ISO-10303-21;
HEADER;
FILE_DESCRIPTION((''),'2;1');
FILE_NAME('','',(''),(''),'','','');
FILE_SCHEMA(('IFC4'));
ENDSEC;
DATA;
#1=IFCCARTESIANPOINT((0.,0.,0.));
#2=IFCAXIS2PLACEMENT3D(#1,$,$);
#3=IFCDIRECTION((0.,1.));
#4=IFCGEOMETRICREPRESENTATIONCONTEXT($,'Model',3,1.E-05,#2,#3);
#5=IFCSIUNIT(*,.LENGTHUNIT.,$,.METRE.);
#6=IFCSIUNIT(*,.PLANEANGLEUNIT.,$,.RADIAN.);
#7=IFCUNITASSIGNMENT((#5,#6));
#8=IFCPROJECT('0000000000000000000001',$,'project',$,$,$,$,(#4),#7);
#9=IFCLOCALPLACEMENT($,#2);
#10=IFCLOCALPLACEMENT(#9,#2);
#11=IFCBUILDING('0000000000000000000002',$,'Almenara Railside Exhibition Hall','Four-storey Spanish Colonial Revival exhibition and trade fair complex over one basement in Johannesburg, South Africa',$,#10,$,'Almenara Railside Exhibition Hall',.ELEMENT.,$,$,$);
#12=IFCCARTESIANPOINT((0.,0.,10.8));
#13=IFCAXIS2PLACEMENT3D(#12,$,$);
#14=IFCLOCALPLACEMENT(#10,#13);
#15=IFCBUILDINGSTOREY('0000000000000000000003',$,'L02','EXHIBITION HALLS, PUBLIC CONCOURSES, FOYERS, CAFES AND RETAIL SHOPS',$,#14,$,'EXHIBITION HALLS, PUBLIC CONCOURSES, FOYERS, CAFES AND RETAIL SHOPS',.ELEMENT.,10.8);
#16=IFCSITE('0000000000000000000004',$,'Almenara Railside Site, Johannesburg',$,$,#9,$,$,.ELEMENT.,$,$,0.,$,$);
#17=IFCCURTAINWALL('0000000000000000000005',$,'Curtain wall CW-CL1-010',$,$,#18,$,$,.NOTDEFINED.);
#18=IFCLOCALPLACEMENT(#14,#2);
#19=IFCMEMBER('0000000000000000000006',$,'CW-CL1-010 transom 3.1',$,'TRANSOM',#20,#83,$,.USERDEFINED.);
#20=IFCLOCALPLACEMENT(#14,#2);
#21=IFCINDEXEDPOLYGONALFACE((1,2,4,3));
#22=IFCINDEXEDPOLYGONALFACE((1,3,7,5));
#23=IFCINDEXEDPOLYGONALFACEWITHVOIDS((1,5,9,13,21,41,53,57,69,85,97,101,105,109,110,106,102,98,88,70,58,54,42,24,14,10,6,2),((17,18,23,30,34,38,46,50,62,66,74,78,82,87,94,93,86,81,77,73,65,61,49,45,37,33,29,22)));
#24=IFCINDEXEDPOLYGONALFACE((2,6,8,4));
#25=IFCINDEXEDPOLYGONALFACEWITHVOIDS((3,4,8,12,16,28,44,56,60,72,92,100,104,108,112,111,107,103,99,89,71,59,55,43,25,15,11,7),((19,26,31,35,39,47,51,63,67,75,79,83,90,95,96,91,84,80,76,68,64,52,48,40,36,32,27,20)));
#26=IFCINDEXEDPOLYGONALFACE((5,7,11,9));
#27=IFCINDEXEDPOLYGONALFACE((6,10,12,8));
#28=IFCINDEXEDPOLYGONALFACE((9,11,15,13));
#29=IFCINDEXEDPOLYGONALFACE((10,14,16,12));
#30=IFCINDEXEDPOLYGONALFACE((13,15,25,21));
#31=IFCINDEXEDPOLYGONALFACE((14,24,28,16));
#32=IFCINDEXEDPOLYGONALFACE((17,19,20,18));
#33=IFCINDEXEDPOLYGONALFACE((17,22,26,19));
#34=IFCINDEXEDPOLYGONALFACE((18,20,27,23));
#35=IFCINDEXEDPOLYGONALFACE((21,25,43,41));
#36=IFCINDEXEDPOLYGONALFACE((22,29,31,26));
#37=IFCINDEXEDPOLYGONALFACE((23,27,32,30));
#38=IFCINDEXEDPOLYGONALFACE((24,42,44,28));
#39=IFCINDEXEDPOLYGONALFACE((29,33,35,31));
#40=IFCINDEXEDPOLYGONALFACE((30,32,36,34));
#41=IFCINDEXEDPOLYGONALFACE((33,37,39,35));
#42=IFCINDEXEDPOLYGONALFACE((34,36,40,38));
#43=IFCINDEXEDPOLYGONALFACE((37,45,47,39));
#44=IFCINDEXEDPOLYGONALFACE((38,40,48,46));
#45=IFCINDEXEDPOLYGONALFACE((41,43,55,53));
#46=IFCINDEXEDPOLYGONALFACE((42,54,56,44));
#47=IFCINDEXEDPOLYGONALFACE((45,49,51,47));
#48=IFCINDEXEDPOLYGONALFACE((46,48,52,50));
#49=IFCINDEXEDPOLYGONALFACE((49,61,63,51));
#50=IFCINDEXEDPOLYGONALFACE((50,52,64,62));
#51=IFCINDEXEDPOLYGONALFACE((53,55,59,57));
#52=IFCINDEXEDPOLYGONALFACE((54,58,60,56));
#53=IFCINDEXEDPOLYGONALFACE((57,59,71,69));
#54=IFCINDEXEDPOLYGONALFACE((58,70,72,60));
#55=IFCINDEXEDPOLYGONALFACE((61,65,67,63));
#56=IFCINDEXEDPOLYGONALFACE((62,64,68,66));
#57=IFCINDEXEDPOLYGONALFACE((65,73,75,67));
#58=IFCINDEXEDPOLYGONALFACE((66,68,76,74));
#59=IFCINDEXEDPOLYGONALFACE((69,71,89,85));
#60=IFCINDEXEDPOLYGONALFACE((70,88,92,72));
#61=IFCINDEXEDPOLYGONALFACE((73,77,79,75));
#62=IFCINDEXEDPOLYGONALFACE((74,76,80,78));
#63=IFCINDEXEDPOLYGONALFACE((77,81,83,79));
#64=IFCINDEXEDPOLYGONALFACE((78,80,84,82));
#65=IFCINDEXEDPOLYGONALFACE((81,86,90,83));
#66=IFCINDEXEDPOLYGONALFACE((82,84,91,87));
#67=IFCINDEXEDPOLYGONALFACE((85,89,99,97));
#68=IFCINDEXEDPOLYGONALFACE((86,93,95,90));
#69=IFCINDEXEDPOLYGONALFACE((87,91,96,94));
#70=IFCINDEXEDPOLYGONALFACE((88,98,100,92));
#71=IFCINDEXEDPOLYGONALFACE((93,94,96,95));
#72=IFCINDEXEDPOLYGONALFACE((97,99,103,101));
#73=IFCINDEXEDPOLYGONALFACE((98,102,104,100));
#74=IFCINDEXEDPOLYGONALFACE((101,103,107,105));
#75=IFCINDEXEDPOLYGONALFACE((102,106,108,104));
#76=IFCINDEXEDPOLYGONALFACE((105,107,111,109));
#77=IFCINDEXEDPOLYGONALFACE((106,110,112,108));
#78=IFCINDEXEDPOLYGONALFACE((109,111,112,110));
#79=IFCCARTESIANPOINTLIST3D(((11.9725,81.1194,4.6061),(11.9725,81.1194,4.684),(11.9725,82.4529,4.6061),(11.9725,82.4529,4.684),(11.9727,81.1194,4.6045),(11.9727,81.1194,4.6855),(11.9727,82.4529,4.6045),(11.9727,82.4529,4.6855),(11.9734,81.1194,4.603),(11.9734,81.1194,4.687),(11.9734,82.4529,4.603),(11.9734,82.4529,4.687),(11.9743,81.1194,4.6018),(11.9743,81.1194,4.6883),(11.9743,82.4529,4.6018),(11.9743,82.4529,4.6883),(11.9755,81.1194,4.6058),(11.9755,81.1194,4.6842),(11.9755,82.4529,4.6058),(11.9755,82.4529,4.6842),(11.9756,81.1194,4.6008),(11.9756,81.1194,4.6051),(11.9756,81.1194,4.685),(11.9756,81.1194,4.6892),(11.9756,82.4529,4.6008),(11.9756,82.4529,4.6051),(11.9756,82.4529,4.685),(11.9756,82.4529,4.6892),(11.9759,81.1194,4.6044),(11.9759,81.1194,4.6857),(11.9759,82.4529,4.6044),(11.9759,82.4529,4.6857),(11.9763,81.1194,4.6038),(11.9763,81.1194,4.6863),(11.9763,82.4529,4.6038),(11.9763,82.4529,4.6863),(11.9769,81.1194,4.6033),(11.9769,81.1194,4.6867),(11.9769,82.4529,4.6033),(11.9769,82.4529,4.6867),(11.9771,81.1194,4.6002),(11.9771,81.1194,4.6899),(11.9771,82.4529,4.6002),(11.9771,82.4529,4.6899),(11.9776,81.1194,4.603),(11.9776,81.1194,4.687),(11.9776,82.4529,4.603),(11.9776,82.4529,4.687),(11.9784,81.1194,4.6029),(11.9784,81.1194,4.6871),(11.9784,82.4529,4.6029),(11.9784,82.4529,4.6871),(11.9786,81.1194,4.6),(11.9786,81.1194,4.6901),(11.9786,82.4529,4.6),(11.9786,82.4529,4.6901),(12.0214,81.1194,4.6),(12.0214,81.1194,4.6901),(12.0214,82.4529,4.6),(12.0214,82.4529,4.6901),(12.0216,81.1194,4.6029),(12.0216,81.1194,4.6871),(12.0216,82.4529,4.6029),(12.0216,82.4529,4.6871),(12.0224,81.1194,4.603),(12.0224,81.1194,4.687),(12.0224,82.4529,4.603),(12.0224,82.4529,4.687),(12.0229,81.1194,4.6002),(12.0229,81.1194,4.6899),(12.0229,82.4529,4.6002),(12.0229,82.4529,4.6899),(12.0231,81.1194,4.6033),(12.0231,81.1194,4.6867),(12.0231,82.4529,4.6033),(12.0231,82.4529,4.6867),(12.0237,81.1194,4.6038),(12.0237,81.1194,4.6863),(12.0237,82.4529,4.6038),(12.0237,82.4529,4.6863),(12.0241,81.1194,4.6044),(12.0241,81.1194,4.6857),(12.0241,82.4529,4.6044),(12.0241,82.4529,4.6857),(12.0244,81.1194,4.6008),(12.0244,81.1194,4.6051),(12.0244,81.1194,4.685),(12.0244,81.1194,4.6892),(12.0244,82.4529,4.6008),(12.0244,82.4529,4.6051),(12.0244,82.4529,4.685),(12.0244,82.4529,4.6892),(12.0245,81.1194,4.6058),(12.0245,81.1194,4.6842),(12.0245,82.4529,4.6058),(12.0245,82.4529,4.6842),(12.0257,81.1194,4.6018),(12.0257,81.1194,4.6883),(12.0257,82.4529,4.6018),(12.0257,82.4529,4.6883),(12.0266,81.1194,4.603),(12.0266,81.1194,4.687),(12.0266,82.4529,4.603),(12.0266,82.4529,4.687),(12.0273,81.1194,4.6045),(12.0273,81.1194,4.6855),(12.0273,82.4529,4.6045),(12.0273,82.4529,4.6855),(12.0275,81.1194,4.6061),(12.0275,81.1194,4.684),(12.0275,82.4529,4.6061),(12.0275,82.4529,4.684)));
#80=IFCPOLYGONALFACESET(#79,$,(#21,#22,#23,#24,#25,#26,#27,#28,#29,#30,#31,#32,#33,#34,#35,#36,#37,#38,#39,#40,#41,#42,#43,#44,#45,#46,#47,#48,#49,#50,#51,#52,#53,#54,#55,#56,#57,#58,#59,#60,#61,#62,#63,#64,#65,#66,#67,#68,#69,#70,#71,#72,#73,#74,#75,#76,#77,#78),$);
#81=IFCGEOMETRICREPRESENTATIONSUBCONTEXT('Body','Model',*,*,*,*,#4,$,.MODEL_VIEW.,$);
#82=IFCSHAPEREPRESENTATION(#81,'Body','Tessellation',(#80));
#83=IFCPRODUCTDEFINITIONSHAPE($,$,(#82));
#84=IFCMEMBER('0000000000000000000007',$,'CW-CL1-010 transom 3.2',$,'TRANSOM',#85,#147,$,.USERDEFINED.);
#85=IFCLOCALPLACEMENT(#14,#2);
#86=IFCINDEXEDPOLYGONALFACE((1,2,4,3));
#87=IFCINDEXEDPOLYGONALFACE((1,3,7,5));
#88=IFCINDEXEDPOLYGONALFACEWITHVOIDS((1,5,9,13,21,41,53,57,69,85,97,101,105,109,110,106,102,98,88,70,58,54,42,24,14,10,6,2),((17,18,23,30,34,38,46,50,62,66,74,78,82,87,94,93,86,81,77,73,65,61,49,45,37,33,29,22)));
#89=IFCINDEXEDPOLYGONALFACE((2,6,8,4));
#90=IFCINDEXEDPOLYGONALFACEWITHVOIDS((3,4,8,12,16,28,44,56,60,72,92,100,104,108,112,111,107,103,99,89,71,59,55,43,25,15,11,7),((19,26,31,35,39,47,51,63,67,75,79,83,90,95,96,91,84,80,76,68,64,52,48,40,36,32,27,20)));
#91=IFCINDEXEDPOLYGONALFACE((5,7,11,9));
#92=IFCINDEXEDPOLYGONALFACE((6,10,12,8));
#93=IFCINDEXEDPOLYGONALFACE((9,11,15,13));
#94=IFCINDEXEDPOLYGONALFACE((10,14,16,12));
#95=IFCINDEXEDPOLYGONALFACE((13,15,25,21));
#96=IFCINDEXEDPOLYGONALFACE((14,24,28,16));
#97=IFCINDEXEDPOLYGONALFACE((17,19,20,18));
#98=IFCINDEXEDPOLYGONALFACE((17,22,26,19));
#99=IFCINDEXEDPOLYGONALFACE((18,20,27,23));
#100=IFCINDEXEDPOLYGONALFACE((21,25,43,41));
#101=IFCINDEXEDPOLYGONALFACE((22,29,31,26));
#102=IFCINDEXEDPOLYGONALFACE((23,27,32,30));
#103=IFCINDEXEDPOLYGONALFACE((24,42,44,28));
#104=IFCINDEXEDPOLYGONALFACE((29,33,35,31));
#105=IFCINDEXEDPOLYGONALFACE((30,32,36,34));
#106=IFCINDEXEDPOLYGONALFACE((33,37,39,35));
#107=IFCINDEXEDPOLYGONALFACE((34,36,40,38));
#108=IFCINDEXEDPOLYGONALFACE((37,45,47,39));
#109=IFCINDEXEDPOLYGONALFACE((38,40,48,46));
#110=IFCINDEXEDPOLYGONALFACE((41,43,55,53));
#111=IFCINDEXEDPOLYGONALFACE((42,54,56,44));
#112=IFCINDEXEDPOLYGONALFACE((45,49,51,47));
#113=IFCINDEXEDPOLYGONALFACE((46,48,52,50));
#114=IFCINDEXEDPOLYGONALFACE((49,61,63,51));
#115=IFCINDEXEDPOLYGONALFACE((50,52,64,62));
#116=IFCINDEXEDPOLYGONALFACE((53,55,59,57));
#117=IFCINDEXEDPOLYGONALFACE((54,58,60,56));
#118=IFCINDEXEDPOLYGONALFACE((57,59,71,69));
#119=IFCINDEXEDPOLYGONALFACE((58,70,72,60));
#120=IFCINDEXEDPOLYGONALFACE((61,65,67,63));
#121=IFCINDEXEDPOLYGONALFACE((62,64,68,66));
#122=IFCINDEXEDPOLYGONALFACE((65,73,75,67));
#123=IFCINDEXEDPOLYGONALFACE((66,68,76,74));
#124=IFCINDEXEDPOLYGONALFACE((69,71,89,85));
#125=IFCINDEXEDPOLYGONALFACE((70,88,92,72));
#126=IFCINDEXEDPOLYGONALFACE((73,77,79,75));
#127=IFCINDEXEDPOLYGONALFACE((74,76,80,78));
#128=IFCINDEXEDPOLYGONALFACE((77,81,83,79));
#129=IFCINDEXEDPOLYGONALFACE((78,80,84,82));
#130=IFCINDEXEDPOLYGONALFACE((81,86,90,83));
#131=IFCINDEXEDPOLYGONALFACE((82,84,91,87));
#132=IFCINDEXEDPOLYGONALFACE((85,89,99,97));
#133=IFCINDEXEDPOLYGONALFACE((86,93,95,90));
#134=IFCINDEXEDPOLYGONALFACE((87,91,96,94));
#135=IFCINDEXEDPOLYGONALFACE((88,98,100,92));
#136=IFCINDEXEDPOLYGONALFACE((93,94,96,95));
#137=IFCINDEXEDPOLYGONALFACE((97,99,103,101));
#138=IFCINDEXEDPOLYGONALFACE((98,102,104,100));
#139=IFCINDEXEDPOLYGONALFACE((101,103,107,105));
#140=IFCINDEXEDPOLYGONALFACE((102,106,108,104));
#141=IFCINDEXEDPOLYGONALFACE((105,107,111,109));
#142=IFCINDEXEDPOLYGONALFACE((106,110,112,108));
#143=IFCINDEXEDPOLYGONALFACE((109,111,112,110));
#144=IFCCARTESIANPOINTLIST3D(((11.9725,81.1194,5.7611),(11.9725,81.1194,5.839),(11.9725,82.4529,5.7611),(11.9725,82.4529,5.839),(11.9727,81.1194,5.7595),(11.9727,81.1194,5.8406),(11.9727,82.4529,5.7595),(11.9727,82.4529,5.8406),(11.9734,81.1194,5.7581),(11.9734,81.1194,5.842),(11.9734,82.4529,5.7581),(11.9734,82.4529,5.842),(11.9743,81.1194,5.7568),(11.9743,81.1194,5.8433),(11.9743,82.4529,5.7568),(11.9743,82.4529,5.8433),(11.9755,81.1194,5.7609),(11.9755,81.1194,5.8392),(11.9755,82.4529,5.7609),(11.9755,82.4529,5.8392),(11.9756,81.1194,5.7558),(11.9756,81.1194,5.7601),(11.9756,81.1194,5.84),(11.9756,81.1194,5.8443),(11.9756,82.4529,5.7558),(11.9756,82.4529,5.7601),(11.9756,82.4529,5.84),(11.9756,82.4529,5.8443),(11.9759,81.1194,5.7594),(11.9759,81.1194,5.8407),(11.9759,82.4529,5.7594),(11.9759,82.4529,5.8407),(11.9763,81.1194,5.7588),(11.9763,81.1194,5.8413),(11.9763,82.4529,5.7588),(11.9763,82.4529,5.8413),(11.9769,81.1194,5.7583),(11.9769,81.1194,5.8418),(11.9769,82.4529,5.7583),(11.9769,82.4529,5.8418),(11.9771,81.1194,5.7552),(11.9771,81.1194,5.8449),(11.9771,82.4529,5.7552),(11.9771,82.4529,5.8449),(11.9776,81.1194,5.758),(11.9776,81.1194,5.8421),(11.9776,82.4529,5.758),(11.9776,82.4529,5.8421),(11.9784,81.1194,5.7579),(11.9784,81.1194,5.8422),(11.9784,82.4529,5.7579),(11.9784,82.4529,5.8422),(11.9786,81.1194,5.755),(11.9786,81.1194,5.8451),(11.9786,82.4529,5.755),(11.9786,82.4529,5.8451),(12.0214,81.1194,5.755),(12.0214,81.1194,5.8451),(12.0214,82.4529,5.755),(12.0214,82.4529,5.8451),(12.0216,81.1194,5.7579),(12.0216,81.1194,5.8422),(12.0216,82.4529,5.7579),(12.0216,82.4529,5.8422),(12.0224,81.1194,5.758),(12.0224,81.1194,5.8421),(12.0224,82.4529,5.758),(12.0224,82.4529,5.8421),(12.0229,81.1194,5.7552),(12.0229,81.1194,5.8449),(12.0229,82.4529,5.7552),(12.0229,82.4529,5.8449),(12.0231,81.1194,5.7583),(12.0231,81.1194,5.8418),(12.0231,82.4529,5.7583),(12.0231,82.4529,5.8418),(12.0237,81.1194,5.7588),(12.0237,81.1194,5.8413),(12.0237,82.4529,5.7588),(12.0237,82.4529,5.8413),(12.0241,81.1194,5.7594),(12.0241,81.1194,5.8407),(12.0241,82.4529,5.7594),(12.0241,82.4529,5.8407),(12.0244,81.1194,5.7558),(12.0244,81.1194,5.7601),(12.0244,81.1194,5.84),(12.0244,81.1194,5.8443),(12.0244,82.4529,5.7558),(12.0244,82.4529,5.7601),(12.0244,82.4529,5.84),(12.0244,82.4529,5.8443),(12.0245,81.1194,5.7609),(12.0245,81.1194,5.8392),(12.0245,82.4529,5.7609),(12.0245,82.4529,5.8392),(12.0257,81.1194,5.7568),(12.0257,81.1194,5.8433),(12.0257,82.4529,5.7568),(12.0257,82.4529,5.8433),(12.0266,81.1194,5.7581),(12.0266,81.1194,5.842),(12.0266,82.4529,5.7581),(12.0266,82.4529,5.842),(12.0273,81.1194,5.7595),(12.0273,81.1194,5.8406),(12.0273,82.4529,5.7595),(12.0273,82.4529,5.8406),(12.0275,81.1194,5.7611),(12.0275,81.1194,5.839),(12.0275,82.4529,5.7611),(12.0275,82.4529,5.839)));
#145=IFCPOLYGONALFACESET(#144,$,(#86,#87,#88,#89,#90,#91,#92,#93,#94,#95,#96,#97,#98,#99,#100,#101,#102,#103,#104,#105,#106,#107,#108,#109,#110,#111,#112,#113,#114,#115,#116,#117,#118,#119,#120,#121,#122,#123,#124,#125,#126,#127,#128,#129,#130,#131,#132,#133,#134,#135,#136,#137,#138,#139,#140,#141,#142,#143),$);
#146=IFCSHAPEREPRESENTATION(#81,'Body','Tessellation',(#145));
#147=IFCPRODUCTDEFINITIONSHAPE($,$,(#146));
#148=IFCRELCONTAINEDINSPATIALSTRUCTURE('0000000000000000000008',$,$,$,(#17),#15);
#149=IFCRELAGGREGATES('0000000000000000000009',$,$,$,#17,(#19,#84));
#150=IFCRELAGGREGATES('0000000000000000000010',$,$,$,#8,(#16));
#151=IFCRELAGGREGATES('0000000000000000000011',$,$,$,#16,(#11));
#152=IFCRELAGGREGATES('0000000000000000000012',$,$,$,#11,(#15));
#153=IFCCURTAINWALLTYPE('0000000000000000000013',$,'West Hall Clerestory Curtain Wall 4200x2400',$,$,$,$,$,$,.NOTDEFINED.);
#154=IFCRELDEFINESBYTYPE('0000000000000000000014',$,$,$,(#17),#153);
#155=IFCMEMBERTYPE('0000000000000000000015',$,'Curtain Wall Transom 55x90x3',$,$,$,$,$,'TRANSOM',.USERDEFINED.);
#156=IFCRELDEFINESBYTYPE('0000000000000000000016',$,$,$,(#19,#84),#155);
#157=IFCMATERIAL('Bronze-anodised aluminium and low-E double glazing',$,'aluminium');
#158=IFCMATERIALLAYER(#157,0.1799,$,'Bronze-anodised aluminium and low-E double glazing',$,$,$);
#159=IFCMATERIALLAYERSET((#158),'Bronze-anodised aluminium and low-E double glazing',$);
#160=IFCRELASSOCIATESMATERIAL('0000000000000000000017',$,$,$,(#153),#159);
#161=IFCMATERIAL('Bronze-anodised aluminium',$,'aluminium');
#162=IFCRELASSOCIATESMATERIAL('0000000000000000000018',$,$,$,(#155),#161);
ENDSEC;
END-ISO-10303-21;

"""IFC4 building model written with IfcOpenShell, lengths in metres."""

from ifc_helpers import new_model, si_unit, direction, frame, origin, origin_2d, place, context, subcontext, project, spatial, hollow_rectangle, extrude, material, layer, layer_set, material_profile, profile_set, type_object, element, aggregate, save


model = new_model("IFC4")

# Units and contexts
model_context = context("Model", 3, precision=1e-05, world=origin(), true_north=direction((0.0, 1.0)))
body_context = subcontext(model_context, "Body", "Model", "MODEL_VIEW")
ifc_project = project(units=[si_unit("LENGTHUNIT", "METRE"), si_unit("PLANEANGLEUNIT", "RADIAN")], contexts=[model_context])

# Site, building, storey
site_placement = place(None, origin())
site = spatial("IfcSite", under=ifc_project, at=site_placement, Name="Almenara Railside Site, Johannesburg", CompositionType="ELEMENT", RefElevation=0.0)
building_placement = place(site_placement, origin())
building = spatial("IfcBuilding", under=site, at=building_placement, Name="Almenara Railside Exhibition Hall", Description="Four-storey Spanish Colonial Revival exhibition and trade fair complex over one basement in Johannesburg, South Africa", LongName="Almenara Railside Exhibition Hall", CompositionType="ELEMENT")
storey_placement = place(building_placement, frame((0.0, 0.0, 10.8)))
storey = spatial("IfcBuildingStorey", under=building, at=storey_placement, Name="L02", Description="EXHIBITION HALLS, PUBLIC CONCOURSES, FOYERS, CAFES AND RETAIL SHOPS", LongName="EXHIBITION HALLS, PUBLIC CONCOURSES, FOYERS, CAFES AND RETAIL SHOPS", CompositionType="ELEMENT", Elevation=10.8)

# Curtain wall
ifc_material_1 = material(Name="Bronze-anodised aluminium and low-E double glazing", Category="aluminium")
ifc_layer_1 = layer(ifc_material_1, 0.1799, Name="Bronze-anodised aluminium and low-E double glazing")
ifc_layer_set_1 = layer_set([ifc_layer_1], Name="Bronze-anodised aluminium and low-E double glazing")
curtain_wall_type = type_object("IfcCurtainWallType", Name="West Hall Clerestory Curtain Wall 4200x2400", PredefinedType="NOTDEFINED", material=ifc_layer_set_1)
curtain_wall_1_placement = place(storey_placement, origin())
curtain_wall_1 = element("IfcCurtainWall", 1, at=curtain_wall_1_placement, inside=storey, type_object=curtain_wall_type, Name="Curtain wall CW-CL1-010", PredefinedType="NOTDEFINED")
ifc_material_2 = material(Name="Bronze-anodised aluminium", Category="aluminium")

# Members
ifc_material_profile_1 = material_profile(ifc_material_2, hollow_rectangle(XDim=0.0549, YDim=0.0901, WallThickness=0.0029, InnerFilletRadius=0.0029, OuterFilletRadius=0.0061, at=origin_2d()), Name="ALU-TRN 55x90x3")
ifc_profile_set_1 = profile_set([ifc_material_profile_1], Name="Bronze-anodised aluminium")
member_type_1 = type_object("IfcMemberType", Name="Curtain Wall Transom 55x90x3", ElementType="TRANSOM", PredefinedType="USERDEFINED", material=ifc_profile_set_1)
member_1_placement = place(storey_placement, frame((12.0, 81.1194, 4.645), z_axis=(0.0, 1.0, 0.0), x_axis=(-1.0, 0.0, 0.0)))
member_1 = element("IfcMember", 2, at=member_1_placement, type_object=member_type_1, Name="CW-CL1-010 transom 3.1", ObjectType="TRANSOM", PredefinedType="USERDEFINED", context=body_context, shape_type="SweptSolid", body=[
    extrude(hollow_rectangle(XDim=0.0549, YDim=0.0901, WallThickness=0.0029, InnerFilletRadius=0.0029, OuterFilletRadius=0.0061, at=origin_2d()), origin(), (0.0, 0.0, 1.0), 1.3335),
])
member_2_placement = place(storey_placement, frame((12.0, 81.1194, 5.8), z_axis=(0.0, 1.0, 0.0), x_axis=(-1.0, 0.0, 0.0)))
member_2 = element("IfcMember", 3, at=member_2_placement, type_object=member_type_1, Name="CW-CL1-010 transom 3.2", ObjectType="TRANSOM", PredefinedType="USERDEFINED", context=body_context, shape_type="SweptSolid", body=[
    extrude(hollow_rectangle(XDim=0.0549, YDim=0.0901, WallThickness=0.0029, InnerFilletRadius=0.0029, OuterFilletRadius=0.0061, at=origin_2d()), origin(), (0.0, 0.0, 1.0), 1.3335),
])

aggregate(curtain_wall_1, [member_1, member_2])

save(model, "model.ifc")
